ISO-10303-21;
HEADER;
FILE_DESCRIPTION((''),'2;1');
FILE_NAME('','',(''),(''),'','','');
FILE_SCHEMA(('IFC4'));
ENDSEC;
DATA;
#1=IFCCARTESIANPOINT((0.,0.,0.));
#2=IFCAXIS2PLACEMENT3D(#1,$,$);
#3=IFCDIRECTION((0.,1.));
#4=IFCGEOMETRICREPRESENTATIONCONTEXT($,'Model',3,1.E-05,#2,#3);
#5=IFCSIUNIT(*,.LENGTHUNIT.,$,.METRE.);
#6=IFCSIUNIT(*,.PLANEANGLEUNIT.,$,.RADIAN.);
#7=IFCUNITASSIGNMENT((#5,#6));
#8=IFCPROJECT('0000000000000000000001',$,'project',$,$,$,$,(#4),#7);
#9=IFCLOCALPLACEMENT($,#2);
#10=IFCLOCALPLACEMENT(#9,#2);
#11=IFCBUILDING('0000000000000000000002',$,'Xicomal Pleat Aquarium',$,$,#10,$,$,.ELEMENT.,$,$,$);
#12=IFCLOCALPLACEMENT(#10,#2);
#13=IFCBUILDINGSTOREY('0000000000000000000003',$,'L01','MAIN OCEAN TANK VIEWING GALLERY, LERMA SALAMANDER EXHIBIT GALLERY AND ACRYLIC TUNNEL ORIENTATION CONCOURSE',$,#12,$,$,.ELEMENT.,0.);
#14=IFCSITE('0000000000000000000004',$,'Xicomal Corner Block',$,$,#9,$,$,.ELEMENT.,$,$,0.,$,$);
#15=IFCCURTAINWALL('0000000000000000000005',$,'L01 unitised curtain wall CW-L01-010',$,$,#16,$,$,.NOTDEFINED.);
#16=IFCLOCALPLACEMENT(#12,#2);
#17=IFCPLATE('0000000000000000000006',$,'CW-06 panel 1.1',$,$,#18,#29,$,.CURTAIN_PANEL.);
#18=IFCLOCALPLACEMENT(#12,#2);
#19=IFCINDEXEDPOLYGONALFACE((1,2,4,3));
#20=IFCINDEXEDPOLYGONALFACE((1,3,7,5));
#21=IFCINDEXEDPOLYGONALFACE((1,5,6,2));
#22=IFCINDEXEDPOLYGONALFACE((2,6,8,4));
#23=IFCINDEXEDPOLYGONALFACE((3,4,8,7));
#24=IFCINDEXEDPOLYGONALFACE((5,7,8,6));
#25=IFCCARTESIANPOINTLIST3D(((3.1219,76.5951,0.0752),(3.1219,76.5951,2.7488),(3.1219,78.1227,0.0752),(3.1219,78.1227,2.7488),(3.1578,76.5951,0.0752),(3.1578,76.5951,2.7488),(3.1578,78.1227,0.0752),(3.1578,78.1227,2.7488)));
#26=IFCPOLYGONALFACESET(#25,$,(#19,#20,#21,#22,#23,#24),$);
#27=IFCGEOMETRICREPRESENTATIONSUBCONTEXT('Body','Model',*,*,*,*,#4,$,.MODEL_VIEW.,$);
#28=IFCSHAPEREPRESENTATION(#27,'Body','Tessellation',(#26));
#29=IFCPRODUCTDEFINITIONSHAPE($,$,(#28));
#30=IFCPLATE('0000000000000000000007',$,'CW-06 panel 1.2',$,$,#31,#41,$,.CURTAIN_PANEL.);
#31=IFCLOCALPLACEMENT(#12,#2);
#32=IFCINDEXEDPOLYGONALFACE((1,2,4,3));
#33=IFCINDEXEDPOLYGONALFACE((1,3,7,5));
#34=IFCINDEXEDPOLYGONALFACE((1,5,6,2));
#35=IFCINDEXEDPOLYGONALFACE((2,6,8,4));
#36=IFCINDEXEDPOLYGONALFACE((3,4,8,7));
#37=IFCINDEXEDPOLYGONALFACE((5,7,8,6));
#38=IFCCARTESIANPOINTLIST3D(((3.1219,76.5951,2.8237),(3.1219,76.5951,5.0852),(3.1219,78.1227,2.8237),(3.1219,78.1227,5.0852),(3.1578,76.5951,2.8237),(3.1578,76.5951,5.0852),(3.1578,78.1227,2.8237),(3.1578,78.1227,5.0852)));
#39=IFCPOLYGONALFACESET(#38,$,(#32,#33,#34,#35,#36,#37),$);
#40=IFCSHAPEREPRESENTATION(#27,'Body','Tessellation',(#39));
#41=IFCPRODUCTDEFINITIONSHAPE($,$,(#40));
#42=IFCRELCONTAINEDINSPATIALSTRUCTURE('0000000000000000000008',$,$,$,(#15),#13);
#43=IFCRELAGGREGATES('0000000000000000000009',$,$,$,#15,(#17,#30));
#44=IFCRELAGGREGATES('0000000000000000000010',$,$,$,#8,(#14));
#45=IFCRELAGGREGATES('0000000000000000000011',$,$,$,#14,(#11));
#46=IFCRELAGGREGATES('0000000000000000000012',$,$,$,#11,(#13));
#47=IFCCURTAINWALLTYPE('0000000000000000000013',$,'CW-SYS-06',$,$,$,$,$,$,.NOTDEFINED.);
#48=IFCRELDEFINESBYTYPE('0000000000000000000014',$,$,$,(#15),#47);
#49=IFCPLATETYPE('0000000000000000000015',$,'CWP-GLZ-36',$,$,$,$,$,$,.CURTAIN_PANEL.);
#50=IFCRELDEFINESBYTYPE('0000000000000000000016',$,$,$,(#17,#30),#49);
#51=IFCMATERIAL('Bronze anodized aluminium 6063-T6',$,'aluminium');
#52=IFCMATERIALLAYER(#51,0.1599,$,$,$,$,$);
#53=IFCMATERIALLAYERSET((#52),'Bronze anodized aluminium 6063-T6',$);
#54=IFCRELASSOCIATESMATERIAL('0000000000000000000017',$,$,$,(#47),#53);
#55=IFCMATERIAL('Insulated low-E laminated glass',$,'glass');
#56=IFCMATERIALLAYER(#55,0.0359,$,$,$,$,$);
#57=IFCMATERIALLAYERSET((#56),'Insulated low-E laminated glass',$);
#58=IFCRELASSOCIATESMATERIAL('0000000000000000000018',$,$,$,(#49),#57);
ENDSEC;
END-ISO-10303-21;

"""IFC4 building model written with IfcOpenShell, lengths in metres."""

from ifc_helpers import new_model, si_unit, direction, frame, origin, origin_2d, place, context, subcontext, project, spatial, rectangle, extrude, material, layer, layer_set, type_object, element, aggregate, save


model = new_model("IFC4")

# Units and contexts
model_context = context("Model", 3, precision=1e-05, world=origin(), true_north=direction((0.0, 1.0)))
body_context = subcontext(model_context, "Body", "Model", "MODEL_VIEW")
ifc_project = project(units=[si_unit("LENGTHUNIT", "METRE"), si_unit("PLANEANGLEUNIT", "RADIAN")], contexts=[model_context])

# Site, building, storey
site_placement = place(None, origin())
site = spatial("IfcSite", under=ifc_project, at=site_placement, Name="Xicomal Corner Block", CompositionType="ELEMENT", RefElevation=0.0)
building_placement = place(site_placement, origin())
building = spatial("IfcBuilding", under=site, at=building_placement, Name="Xicomal Pleat Aquarium", CompositionType="ELEMENT")
storey_placement = place(building_placement, origin())
storey = spatial("IfcBuildingStorey", under=building, at=storey_placement, Name="L01", Description="MAIN OCEAN TANK VIEWING GALLERY, LERMA SALAMANDER EXHIBIT GALLERY AND ACRYLIC TUNNEL ORIENTATION CONCOURSE", CompositionType="ELEMENT", Elevation=0.0)

# Curtain wall
ifc_material_1 = material(Name="Bronze anodized aluminium 6063-T6", Category="aluminium")
ifc_layer_1 = layer(ifc_material_1, 0.1599)
ifc_layer_set_1 = layer_set([ifc_layer_1], Name="Bronze anodized aluminium 6063-T6")
curtain_wall_type_1 = type_object("IfcCurtainWallType", Name="CW-SYS-06", PredefinedType="NOTDEFINED", material=ifc_layer_set_1)
curtain_wall_1_placement = place(storey_placement, origin())
curtain_wall_1 = element("IfcCurtainWall", 1, at=curtain_wall_1_placement, inside=storey, type_object=curtain_wall_type_1, Name="L01 unitised curtain wall CW-L01-010", PredefinedType="NOTDEFINED")

# Plates
ifc_material_2 = material(Name="Insulated low-E laminated glass", Category="glass")
ifc_layer_2 = layer(ifc_material_2, 0.0359)
ifc_layer_set_2 = layer_set([ifc_layer_2], Name="Insulated low-E laminated glass")
plate_type_1 = type_object("IfcPlateType", Name="CWP-GLZ-36", PredefinedType="CURTAIN_PANEL", material=ifc_layer_set_2)
plate_1_placement = place(storey_placement, frame((3.1399, 77.3589, 0.0752), z_axis=(0.0, 0.0, 1.0), x_axis=(0.0, 1.0, 0.0)))
plate_1 = element("IfcPlate", 2, at=plate_1_placement, type_object=plate_type_1, Name="CW-06 panel 1.1", PredefinedType="CURTAIN_PANEL", context=body_context, shape_type="SweptSolid", body=[
    extrude(rectangle(XDim=1.5276, YDim=0.0359, at=origin_2d()), origin(), (0.0, 0.0, 1.0), 2.6736),
])
plate_2_placement = place(storey_placement, frame((3.1399, 77.3589, 2.8237), z_axis=(0.0, 0.0, 1.0), x_axis=(0.0, 1.0, 0.0)))
plate_2 = element("IfcPlate", 3, at=plate_2_placement, type_object=plate_type_1, Name="CW-06 panel 1.2", PredefinedType="CURTAIN_PANEL", context=body_context, shape_type="SweptSolid", body=[
    extrude(rectangle(XDim=1.5276, YDim=0.0359, at=origin_2d()), origin(), (0.0, 0.0, 1.0), 2.2615),
])
aggregate(curtain_wall_1, [plate_1, plate_2])

save(model, "model.ifc")
